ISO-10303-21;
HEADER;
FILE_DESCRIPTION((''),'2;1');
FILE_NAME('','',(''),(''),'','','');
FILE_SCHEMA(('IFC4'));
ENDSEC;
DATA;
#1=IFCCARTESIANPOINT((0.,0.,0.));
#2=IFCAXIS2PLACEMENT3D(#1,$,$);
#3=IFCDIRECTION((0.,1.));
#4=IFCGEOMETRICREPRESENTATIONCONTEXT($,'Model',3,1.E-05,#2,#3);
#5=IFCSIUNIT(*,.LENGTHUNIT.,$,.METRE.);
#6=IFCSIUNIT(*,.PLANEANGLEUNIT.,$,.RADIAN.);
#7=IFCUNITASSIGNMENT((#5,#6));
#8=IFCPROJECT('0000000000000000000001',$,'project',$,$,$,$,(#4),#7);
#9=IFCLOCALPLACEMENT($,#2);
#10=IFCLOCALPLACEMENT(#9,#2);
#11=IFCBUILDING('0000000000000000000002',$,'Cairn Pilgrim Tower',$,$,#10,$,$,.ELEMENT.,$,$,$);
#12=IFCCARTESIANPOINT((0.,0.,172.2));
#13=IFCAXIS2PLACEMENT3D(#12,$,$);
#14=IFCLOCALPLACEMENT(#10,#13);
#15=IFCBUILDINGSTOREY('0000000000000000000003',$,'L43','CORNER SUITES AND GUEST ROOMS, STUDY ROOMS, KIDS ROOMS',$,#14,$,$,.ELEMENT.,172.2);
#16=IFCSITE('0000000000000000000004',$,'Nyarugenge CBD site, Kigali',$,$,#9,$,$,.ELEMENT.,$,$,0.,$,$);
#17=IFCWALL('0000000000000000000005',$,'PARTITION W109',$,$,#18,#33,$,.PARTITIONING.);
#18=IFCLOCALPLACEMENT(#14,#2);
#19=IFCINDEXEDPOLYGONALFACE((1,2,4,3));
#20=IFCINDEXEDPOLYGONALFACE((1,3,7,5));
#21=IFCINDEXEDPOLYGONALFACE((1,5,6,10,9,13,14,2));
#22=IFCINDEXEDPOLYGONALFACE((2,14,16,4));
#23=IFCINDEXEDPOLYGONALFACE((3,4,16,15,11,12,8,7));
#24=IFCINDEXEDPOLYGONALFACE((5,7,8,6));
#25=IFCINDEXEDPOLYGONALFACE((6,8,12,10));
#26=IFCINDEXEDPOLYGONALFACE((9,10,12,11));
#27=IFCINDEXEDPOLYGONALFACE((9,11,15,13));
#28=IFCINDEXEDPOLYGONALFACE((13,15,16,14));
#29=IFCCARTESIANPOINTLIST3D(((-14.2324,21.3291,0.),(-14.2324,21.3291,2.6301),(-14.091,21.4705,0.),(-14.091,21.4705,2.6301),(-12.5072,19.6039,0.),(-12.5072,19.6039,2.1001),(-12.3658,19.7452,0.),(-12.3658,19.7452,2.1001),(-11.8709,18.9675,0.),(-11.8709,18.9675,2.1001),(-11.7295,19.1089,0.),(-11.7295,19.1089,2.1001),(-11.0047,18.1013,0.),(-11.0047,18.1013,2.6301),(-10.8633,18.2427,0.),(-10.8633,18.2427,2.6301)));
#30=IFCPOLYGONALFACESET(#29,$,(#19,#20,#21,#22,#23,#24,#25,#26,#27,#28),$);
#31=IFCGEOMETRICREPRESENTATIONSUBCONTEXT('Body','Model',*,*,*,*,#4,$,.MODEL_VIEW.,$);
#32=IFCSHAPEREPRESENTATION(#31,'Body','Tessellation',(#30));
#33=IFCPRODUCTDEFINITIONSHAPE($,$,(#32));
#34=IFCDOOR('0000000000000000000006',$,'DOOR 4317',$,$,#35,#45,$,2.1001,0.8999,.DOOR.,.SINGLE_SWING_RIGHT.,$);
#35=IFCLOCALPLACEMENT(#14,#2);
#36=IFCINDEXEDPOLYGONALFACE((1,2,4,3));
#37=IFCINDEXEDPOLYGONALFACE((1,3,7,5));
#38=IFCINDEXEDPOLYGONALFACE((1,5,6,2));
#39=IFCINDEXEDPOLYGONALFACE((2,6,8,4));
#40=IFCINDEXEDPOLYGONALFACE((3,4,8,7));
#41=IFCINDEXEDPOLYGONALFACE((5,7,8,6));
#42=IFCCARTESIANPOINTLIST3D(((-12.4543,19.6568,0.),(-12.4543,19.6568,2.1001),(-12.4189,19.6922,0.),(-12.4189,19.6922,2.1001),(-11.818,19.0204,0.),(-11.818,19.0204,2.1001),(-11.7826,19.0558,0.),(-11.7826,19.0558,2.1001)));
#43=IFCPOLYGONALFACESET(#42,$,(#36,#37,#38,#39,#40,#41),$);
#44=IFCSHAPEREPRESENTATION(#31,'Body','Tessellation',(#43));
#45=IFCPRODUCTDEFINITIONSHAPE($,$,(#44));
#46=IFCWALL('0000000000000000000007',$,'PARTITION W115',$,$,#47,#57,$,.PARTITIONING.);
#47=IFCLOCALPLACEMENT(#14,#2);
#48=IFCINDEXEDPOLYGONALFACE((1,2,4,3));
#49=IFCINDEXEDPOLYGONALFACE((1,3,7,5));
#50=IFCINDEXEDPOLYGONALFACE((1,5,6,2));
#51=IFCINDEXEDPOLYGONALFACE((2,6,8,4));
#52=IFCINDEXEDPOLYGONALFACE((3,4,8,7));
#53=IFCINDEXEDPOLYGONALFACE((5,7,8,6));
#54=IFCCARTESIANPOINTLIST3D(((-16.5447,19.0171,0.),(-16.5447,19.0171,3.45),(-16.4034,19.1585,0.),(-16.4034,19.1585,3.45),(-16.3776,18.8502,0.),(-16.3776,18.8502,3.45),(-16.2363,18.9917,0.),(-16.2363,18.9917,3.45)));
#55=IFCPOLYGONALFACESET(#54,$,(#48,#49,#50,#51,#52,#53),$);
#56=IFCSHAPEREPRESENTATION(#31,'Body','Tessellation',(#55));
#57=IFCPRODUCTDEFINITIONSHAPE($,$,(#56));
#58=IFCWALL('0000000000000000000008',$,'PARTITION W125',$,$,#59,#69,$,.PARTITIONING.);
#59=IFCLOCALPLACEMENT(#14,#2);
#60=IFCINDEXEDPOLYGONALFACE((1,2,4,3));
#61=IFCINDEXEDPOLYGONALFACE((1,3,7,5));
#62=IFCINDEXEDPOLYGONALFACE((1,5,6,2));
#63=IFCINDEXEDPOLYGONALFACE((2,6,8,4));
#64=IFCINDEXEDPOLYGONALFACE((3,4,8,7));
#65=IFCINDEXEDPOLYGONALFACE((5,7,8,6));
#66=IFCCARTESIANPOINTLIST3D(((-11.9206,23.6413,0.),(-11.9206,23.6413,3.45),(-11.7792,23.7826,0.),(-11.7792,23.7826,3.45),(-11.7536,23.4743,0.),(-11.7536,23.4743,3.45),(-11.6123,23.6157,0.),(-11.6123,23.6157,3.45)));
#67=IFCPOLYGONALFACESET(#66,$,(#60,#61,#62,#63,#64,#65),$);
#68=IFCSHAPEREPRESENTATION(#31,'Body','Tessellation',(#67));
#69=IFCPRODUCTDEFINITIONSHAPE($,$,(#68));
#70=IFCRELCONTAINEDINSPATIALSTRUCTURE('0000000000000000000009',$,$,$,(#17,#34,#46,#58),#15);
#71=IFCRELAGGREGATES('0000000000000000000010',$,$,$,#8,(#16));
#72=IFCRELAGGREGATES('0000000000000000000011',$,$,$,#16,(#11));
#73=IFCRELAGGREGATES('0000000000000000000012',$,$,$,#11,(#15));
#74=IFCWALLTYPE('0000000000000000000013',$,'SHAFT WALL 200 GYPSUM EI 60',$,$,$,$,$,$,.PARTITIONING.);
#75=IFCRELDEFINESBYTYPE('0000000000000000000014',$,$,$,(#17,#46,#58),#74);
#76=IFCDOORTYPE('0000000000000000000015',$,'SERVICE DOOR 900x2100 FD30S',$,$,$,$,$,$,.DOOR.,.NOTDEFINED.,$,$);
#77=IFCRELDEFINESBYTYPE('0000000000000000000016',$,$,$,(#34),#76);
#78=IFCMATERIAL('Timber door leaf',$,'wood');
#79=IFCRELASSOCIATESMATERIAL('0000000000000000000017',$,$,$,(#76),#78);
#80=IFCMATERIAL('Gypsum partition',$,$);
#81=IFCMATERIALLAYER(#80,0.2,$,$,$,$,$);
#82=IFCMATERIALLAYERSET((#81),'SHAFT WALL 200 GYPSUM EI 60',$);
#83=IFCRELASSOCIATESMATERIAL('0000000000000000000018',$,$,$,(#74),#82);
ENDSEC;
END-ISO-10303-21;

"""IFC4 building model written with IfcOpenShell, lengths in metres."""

from ifc_helpers import new_model, si_unit, direction, frame, frame_2d, origin, place, context, subcontext, project, spatial, rectangle, extrude, material, layer, layer_set, type_object, element, fill, save


model = new_model("IFC4")

# Units and contexts
model_context = context("Model", 3, precision=1e-05, world=origin(), true_north=direction((0.0, 1.0)))
body_context = subcontext(model_context, "Body", "Model", "MODEL_VIEW")
ifc_project = project(units=[si_unit("LENGTHUNIT", "METRE"), si_unit("PLANEANGLEUNIT", "RADIAN")], contexts=[model_context])

# Site, building, storey
site_placement = place(None, origin())
site = spatial("IfcSite", under=ifc_project, at=site_placement, Name="Nyarugenge CBD site, Kigali", CompositionType="ELEMENT", RefElevation=0.0)
building_placement = place(site_placement, origin())
building = spatial("IfcBuilding", under=site, at=building_placement, Name="Cairn Pilgrim Tower", CompositionType="ELEMENT")
storey_placement = place(building_placement, frame((0.0, 0.0, 172.2)))
storey = spatial("IfcBuildingStorey", under=building, at=storey_placement, Name="L43", Description="CORNER SUITES AND GUEST ROOMS, STUDY ROOMS, KIDS ROOMS", CompositionType="ELEMENT", Elevation=172.2)

# Shared definitions
ifc_material_1 = material(Name="Gypsum partition")
ifc_material_2 = material(Name="Timber door leaf", Category="wood")
door_type = type_object("IfcDoorType", Name="SERVICE DOOR 900x2100 FD30S", OperationType="NOTDEFINED", PredefinedType="DOOR", material=ifc_material_2)

# Shared definitions
ifc_layer_1 = layer(ifc_material_1, 0.2)
ifc_layer_set_1 = layer_set([ifc_layer_1], Name="SHAFT WALL 200 GYPSUM EI 60")
wall_type_1 = type_object("IfcWallType", Name="SHAFT WALL 200 GYPSUM EI 60", PredefinedType="PARTITIONING", material=ifc_layer_set_1)

# Wall, opening, door
wall_1_placement = place(storey_placement, frame((-10.9341, 18.1721, 0.0), z_axis=(0.0, 0.0, 1.0), x_axis=(-0.707107, 0.707107, 0.0)))
wall_1 = element("IfcWall", 1, at=wall_1_placement, inside=storey, type_object=wall_type_1, Name="PARTITION W109", PredefinedType="PARTITIONING", context=body_context, shape_type="SweptSolid", body=[
    extrude(rectangle(XDim=4.5647, YDim=0.2, at=frame_2d((2.2822, 0.0))), origin(), (0.0, 0.0, 1.0), 2.6301),
])
opening_1_placement = place(wall_1_placement, frame((1.2249, 0.0, 0.0)))
opening_1 = element("IfcOpeningElement", 2, at=opening_1_placement, cuts=wall_1, PredefinedType="OPENING", context=body_context, shape_type="SweptSolid", body=[
    extrude(rectangle(XDim=0.8999, YDim=2.1001, at=frame_2d((0.45, 1.05))), frame((0.0, 0.1099, 0.0), z_axis=(0.0, -1.0, 0.0), x_axis=(1.0, 0.0, 0.0)), (0.0, 0.0, 1.0), 0.22),
])
door_1_placement = place(opening_1_placement, frame((0.8999, 0.0, 0.0), z_axis=(0.0, 0.0, 1.0), x_axis=(-1.0, 0.0, 0.0)))
door_1 = element("IfcDoor", 3, at=door_1_placement, inside=storey, type_object=door_type, Name="DOOR 4317", OperationType="SINGLE_SWING_RIGHT", OverallHeight=2.1001, OverallWidth=0.8999, PredefinedType="DOOR", context=body_context, shape_type="SweptSolid", body=[
    extrude(rectangle(XDim=0.8999, YDim=2.1001, at=frame_2d((0.45, 1.05))), frame((0.0, 0.0249, 0.0), z_axis=(0.0, -1.0, 0.0), x_axis=(1.0, 0.0, 0.0)), (0.0, 0.0, 1.0), 0.05),
])
fill(opening_1, door_1)

# Walls
for number, where, z_axis, x_axis, name in (
    (4, (-16.3069, 18.9209, 0.0), (0.0, 0.0, 1.0), (-0.707624, 0.706589, 0.0), "PARTITION W115"),
    (5, (-11.6829, 23.5449, 0.0), (0.0, 0.0, 1.0), (-0.707107, 0.707107, 0.0), "PARTITION W125"),
):
    element("IfcWall", number, at=place(storey_placement, frame(where, z_axis=z_axis, x_axis=x_axis)), inside=storey, type_object=wall_type_1, Name=name, PredefinedType="PARTITIONING", context=body_context, shape_type="SweptSolid", body=[
        extrude(rectangle(XDim=0.2361, YDim=0.2, at=frame_2d((0.1182, 0.0))), origin(), (0.0, 0.0, 1.0), 3.45),
    ])

save(model, "model.ifc")
